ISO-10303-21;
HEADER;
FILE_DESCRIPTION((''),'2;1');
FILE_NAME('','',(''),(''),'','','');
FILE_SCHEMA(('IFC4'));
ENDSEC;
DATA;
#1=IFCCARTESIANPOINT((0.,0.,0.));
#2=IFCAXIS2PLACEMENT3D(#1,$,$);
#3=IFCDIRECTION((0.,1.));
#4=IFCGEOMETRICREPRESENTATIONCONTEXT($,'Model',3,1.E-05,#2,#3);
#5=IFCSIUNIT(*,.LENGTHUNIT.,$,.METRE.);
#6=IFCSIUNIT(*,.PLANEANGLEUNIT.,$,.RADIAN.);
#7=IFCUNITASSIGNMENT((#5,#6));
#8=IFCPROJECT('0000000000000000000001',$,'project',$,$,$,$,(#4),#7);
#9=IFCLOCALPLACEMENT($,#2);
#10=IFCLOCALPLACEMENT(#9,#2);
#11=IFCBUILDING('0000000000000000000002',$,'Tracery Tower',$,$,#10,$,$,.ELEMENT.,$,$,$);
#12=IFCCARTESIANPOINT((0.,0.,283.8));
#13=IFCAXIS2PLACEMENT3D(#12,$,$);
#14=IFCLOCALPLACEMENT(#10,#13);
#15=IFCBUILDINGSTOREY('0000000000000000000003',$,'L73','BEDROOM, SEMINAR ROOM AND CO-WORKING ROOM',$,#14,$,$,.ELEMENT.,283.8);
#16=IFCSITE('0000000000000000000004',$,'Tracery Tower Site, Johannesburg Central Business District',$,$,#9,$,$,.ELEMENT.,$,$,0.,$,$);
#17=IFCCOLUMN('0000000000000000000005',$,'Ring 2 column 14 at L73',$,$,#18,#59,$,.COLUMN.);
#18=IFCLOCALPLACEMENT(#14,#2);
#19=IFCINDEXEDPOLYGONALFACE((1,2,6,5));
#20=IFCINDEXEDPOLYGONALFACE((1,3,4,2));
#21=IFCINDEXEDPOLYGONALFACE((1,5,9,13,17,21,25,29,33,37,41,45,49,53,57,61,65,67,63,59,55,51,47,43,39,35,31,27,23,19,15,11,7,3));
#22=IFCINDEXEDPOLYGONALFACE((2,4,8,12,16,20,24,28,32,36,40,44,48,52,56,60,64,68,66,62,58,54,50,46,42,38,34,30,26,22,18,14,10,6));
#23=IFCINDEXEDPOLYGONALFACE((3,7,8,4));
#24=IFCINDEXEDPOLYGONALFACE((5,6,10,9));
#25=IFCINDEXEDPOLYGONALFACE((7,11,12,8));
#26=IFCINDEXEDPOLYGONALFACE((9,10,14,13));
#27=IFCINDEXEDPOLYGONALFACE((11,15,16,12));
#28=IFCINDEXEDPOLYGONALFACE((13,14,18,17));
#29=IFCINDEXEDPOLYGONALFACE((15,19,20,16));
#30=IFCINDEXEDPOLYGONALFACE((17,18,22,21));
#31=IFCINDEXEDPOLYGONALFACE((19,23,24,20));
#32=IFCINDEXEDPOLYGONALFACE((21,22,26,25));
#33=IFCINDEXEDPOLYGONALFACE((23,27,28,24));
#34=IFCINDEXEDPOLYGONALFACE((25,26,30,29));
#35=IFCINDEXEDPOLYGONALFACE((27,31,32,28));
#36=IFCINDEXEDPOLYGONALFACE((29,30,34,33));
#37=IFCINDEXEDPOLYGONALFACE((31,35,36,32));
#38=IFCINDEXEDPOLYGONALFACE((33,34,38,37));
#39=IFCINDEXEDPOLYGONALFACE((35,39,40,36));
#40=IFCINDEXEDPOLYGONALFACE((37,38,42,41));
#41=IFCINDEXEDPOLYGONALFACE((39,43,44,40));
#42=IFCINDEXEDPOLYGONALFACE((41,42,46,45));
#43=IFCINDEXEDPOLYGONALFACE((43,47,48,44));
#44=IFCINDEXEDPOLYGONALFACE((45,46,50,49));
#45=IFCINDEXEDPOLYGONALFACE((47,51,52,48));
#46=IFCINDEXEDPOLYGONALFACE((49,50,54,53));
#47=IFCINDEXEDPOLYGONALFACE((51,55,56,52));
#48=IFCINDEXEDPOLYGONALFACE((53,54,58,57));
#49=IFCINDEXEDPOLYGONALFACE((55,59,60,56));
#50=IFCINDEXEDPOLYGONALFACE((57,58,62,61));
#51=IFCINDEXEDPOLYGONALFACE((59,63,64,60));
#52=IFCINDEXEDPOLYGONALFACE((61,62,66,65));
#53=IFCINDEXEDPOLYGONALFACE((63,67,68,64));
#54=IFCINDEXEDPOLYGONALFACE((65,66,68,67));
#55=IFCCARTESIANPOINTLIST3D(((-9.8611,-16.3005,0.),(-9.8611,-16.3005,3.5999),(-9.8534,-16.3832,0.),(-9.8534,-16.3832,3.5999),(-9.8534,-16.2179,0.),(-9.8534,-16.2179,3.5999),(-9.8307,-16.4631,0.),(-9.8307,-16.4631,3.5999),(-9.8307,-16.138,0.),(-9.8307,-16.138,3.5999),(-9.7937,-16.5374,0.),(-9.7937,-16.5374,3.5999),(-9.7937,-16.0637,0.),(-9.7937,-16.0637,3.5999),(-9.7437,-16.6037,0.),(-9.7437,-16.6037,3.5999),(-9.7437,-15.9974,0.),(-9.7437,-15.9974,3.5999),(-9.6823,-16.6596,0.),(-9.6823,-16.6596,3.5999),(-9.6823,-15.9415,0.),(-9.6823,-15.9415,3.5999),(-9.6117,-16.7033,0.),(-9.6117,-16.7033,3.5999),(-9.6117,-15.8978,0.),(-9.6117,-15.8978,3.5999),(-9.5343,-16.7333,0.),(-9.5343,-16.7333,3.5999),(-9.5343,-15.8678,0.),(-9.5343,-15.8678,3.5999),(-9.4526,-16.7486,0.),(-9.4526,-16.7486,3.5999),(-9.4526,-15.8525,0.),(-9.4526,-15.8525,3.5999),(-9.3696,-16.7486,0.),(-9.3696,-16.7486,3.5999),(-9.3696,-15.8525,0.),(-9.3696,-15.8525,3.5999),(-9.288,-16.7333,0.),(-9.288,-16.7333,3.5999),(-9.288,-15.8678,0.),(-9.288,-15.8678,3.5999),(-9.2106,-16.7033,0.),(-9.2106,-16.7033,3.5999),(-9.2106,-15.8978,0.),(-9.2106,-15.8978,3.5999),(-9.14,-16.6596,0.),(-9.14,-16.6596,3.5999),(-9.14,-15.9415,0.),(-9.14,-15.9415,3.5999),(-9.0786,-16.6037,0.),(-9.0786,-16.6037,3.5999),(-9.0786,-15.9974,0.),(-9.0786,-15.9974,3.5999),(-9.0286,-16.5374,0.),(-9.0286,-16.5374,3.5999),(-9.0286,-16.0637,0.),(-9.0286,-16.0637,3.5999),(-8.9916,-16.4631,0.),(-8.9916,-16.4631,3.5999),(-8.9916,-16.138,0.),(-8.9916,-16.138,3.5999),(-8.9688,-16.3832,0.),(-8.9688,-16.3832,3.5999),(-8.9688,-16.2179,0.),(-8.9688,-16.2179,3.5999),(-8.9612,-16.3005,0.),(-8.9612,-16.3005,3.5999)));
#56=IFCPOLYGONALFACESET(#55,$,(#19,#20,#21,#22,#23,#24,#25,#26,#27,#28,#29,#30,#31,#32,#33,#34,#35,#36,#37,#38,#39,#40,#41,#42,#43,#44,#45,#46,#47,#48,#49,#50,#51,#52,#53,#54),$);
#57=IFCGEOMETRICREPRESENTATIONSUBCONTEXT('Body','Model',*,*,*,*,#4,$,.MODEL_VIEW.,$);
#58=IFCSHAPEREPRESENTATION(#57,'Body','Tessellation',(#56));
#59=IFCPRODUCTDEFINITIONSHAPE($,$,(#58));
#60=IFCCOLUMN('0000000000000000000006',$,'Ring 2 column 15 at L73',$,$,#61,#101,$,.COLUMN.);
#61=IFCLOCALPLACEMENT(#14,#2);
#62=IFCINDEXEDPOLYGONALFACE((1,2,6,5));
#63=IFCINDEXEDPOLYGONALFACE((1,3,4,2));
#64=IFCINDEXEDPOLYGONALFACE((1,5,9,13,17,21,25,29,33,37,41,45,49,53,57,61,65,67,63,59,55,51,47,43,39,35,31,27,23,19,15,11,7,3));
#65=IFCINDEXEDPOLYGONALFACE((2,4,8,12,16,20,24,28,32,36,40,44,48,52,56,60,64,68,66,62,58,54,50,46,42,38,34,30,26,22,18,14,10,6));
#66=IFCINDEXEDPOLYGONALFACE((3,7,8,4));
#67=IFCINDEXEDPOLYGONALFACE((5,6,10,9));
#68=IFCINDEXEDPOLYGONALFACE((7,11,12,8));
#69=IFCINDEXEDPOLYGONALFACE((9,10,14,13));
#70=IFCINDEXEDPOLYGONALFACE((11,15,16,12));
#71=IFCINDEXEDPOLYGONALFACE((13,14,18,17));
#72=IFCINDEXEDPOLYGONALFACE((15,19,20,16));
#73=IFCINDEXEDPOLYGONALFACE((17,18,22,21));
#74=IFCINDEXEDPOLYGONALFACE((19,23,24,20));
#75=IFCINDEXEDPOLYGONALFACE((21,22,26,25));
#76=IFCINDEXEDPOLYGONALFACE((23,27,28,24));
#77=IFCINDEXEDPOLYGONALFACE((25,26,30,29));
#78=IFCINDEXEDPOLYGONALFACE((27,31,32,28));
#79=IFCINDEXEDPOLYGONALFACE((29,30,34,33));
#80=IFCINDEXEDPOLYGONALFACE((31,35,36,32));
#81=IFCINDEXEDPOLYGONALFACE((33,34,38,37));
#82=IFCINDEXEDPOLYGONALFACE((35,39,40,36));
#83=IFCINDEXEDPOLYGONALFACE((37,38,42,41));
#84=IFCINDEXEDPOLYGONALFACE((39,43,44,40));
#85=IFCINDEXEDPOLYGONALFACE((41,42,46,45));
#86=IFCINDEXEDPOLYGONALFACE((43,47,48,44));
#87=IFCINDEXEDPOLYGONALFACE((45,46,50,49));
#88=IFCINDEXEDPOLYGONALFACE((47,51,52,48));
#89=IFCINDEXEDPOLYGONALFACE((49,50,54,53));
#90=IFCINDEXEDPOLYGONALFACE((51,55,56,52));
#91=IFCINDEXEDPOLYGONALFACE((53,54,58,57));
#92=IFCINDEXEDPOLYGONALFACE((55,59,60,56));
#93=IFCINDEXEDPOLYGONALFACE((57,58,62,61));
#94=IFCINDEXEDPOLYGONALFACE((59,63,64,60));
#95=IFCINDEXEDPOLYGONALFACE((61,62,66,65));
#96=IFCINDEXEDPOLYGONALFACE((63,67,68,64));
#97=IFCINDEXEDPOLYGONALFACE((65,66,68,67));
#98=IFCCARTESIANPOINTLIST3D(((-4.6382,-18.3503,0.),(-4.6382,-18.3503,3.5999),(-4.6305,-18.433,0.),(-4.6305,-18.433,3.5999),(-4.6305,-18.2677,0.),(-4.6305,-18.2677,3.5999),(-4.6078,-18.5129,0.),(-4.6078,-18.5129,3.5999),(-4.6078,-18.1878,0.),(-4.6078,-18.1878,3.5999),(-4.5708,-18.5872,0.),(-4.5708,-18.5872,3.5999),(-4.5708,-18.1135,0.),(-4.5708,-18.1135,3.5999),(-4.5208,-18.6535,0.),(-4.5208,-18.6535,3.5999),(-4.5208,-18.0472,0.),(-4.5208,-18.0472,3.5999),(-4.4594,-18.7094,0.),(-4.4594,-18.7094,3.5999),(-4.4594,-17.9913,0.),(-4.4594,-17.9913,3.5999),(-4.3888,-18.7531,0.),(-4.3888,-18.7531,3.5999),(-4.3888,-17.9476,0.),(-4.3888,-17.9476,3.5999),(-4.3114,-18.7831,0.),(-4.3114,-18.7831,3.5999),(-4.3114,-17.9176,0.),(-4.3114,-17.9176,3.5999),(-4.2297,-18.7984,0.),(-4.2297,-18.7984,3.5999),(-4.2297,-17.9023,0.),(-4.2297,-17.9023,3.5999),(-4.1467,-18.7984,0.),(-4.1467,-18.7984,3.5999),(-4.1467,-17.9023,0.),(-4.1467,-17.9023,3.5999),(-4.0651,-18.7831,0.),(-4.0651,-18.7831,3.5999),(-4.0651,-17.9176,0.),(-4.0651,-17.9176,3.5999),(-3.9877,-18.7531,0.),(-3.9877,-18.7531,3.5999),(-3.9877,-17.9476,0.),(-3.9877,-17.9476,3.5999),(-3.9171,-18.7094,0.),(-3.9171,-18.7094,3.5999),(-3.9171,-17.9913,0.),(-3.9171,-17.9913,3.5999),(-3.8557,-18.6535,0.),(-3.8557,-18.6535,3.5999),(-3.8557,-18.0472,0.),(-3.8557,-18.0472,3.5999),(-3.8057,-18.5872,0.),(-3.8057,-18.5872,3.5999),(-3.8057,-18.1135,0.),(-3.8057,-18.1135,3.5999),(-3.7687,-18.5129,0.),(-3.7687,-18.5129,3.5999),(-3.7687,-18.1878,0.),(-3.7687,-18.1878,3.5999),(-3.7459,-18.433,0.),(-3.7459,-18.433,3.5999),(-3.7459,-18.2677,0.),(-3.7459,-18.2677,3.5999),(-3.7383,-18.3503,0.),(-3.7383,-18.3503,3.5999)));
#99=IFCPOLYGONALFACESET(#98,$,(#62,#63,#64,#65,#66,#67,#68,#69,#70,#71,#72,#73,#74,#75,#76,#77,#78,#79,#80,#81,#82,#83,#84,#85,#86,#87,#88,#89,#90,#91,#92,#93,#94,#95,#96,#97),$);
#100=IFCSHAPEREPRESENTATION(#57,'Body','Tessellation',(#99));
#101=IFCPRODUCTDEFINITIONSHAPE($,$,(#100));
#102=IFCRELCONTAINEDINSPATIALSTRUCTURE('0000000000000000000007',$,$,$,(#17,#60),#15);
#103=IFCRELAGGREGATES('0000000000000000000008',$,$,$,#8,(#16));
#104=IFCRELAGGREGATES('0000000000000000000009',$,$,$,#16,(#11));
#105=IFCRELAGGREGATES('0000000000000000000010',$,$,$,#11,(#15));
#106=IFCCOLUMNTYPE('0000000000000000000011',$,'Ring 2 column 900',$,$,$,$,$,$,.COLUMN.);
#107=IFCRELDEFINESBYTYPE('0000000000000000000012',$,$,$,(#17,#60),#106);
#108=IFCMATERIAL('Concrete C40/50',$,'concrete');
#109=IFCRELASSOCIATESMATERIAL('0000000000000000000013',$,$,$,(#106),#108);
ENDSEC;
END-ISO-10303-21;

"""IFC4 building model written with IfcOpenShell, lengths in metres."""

from ifc_helpers import new_model, si_unit, direction, frame, origin, origin_2d, place, context, subcontext, project, spatial, circle, extrude, material, material_profile, profile_set, type_object, element, save


model = new_model("IFC4")

# Units and contexts
model_context = context("Model", 3, precision=1e-05, world=origin(), true_north=direction((0.0, 1.0)))
body_context = subcontext(model_context, "Body", "Model", "MODEL_VIEW")
ifc_project = project(units=[si_unit("LENGTHUNIT", "METRE"), si_unit("PLANEANGLEUNIT", "RADIAN")], contexts=[model_context])

# Site, building, storey
site_placement = place(None, origin())
site = spatial("IfcSite", under=ifc_project, at=site_placement, Name="Tracery Tower Site, Johannesburg Central Business District", CompositionType="ELEMENT", RefElevation=0.0)
building_placement = place(site_placement, origin())
building = spatial("IfcBuilding", under=site, at=building_placement, Name="Tracery Tower", CompositionType="ELEMENT")
storey_placement = place(building_placement, frame((0.0, 0.0, 283.8)))
storey = spatial("IfcBuildingStorey", under=building, at=storey_placement, Name="L73", Description="BEDROOM, SEMINAR ROOM AND CO-WORKING ROOM", CompositionType="ELEMENT", Elevation=283.8)

# Columns
ifc_material_1 = material(Name="Concrete C40/50", Category="concrete")
ifc_material_profile = material_profile(ifc_material_1, circle(Radius=0.45, at=origin_2d()), Name="RC D900")
ifc_profile_set = profile_set([ifc_material_profile], Name="Concrete C40/50")
column_type = type_object("IfcColumnType", Name="Ring 2 column 900", PredefinedType="COLUMN", material=ifc_profile_set)
for number, where, z_axis, x_axis, name in (
    (1, (-9.4111, -16.3005, 0.0), (0.0, 0.0, 1.0), (1.0, 0.0, 0.0), "Ring 2 column 14 at L73"),
    (2, (-4.1882, -18.3503, 0.0), (0.0, 0.0, 1.0), (1.0, 0.0, 0.0), "Ring 2 column 15 at L73"),
):
    element("IfcColumn", number, at=place(storey_placement, frame(where, z_axis=z_axis, x_axis=x_axis)), inside=storey, type_object=column_type, Name=name, PredefinedType="COLUMN", context=body_context, shape_type="SweptSolid", body=[
        extrude(circle(Radius=0.45, at=origin_2d()), origin(), (0.0, 0.0, 1.0), 3.5999),
    ])

save(model, "model.ifc")
